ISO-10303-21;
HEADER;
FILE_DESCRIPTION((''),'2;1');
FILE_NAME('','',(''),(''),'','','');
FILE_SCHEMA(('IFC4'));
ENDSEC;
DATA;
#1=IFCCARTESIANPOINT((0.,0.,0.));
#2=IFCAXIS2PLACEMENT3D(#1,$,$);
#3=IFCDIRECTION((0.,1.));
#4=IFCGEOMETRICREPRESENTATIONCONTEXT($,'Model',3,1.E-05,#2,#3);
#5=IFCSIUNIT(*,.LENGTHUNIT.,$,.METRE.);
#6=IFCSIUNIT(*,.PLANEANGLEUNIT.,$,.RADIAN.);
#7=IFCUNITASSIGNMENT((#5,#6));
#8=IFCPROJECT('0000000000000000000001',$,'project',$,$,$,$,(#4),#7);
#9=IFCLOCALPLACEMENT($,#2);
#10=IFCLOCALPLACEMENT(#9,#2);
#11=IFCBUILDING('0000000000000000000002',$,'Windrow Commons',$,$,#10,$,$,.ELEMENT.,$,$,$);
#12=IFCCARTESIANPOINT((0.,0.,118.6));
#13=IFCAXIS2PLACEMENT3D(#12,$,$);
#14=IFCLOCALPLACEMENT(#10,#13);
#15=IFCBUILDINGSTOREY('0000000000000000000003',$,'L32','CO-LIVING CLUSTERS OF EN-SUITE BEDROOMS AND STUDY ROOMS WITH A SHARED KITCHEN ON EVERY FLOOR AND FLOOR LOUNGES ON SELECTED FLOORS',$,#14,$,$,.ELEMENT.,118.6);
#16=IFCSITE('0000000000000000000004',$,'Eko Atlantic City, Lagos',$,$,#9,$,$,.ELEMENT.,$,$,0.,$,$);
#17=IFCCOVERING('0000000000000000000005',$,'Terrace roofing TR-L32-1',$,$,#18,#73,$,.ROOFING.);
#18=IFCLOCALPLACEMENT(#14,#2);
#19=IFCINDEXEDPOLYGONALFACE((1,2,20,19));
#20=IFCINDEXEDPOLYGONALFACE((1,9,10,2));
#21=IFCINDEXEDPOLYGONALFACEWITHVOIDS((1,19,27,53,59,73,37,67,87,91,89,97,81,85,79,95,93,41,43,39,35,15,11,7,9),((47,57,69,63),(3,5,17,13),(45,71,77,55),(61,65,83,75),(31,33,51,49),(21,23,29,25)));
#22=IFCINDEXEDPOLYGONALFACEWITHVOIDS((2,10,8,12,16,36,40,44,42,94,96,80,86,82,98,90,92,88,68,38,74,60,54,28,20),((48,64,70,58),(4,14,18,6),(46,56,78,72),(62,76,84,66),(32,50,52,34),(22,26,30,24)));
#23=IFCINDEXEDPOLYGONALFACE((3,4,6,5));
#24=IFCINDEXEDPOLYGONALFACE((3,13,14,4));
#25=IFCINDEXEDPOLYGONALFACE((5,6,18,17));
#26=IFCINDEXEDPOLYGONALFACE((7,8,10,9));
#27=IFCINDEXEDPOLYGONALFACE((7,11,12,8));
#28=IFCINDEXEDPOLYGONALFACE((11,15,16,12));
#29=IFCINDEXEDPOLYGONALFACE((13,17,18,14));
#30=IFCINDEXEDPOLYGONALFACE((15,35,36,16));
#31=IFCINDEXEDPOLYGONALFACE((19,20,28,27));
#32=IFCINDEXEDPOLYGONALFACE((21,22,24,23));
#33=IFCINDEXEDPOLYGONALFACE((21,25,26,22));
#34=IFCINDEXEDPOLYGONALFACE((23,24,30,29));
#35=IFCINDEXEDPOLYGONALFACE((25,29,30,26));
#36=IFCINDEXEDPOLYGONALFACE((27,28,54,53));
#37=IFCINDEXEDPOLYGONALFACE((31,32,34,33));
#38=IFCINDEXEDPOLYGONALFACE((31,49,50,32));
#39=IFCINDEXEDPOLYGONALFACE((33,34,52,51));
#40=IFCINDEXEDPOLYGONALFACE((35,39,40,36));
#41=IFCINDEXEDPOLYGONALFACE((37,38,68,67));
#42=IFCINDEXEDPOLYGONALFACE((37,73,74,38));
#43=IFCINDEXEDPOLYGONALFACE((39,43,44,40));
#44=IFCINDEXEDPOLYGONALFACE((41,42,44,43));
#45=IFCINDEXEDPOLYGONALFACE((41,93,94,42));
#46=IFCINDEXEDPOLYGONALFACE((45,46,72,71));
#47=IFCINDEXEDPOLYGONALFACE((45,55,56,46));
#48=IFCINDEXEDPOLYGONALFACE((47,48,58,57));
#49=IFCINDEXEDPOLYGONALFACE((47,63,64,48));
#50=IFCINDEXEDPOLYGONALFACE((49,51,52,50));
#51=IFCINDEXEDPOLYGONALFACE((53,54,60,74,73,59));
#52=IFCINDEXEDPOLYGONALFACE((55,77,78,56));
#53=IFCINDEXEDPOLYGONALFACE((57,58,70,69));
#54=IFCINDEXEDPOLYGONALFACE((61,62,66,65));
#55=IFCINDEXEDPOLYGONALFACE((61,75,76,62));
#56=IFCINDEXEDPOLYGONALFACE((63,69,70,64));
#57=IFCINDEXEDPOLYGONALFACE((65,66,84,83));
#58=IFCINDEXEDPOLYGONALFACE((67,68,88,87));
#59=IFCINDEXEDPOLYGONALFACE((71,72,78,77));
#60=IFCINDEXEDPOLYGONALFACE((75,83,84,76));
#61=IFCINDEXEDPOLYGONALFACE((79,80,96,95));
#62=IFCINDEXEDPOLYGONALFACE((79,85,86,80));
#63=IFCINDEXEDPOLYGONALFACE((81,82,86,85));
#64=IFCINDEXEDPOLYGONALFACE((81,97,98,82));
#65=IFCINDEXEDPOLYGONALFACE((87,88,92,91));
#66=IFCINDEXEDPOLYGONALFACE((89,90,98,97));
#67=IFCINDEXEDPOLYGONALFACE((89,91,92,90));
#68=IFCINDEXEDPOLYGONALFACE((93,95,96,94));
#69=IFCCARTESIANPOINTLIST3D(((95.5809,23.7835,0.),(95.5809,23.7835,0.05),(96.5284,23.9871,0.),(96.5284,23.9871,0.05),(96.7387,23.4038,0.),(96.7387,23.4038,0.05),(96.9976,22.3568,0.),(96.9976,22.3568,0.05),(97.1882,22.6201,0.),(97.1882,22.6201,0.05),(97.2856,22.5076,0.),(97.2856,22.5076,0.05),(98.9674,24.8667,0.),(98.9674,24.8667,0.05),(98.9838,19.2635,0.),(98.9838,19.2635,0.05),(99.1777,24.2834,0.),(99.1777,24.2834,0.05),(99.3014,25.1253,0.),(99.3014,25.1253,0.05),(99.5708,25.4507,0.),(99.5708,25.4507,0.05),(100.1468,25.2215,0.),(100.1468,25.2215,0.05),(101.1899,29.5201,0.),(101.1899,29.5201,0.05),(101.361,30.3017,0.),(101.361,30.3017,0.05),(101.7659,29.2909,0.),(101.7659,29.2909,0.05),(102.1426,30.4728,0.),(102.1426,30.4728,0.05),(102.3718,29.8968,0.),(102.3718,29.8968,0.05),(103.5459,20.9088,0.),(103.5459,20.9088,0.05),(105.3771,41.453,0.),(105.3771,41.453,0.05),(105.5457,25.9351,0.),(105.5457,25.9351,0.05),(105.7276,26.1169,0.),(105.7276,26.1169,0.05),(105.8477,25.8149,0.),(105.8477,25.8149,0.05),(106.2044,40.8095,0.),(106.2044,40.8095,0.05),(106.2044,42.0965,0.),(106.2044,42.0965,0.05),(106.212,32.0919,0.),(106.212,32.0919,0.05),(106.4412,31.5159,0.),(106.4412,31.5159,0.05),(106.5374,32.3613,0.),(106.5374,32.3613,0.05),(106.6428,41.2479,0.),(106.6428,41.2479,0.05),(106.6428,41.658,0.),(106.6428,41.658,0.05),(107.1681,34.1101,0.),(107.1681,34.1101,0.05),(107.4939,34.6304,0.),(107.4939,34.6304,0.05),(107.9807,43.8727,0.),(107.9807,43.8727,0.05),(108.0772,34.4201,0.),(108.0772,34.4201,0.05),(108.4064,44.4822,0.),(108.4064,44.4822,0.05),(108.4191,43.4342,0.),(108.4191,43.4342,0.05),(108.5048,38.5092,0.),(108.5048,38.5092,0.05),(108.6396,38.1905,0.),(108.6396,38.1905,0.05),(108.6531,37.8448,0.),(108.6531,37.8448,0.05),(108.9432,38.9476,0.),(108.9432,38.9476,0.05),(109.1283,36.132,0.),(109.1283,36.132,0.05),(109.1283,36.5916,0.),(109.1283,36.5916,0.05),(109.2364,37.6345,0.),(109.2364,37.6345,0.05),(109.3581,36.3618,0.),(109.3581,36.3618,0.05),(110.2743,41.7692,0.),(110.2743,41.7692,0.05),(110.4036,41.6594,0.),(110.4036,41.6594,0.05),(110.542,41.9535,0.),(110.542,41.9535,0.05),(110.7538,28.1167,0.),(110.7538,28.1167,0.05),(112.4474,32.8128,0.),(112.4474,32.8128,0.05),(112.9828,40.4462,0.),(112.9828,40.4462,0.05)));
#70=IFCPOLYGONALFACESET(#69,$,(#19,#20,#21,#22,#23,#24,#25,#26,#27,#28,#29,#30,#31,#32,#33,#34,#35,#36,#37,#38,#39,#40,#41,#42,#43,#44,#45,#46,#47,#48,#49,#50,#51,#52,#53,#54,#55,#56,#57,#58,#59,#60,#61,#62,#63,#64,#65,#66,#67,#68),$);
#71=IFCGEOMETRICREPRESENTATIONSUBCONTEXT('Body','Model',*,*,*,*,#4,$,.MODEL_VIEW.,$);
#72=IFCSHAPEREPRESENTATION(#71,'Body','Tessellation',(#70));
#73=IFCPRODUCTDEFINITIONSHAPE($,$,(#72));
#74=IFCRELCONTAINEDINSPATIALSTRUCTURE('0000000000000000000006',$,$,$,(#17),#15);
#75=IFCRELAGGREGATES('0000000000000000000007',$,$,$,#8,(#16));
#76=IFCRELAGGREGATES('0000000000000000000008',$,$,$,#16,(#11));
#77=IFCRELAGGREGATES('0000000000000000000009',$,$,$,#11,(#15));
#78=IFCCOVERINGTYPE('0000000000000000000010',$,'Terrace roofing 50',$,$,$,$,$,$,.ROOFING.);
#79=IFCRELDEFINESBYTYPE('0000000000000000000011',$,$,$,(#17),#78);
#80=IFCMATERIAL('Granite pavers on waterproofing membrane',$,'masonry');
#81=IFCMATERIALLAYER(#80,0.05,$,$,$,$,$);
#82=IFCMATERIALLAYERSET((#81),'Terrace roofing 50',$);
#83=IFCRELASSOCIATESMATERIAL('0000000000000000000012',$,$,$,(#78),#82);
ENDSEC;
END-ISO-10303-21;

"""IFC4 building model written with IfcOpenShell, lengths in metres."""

from ifc_helpers import new_model, si_unit, direction, frame, origin, place, context, subcontext, project, spatial, polyline, outline, extrude, material, layer, layer_set, type_object, element, save


model = new_model("IFC4")

# Units and contexts
model_context = context("Model", 3, precision=1e-05, world=origin(), true_north=direction((0.0, 1.0)))
body_context = subcontext(model_context, "Body", "Model", "MODEL_VIEW")
ifc_project = project(units=[si_unit("LENGTHUNIT", "METRE"), si_unit("PLANEANGLEUNIT", "RADIAN")], contexts=[model_context])

# Site, building, storey
site_placement = place(None, origin())
site = spatial("IfcSite", under=ifc_project, at=site_placement, Name="Eko Atlantic City, Lagos", CompositionType="ELEMENT", RefElevation=0.0)
building_placement = place(site_placement, origin())
building = spatial("IfcBuilding", under=site, at=building_placement, Name="Windrow Commons", CompositionType="ELEMENT")
storey_placement = place(building_placement, frame((0.0, 0.0, 118.6)))
storey = spatial("IfcBuildingStorey", under=building, at=storey_placement, Name="L32", Description="CO-LIVING CLUSTERS OF EN-SUITE BEDROOMS AND STUDY ROOMS WITH A SHARED KITCHEN ON EVERY FLOOR AND FLOOR LOUNGES ON SELECTED FLOORS", CompositionType="ELEMENT", Elevation=118.6)

# Shared definitions
placement_1 = place(storey_placement, origin())

# Covering
ifc_material_1 = material(Name="Granite pavers on waterproofing membrane", Category="masonry")
ifc_layer_1 = layer(ifc_material_1, 0.05)
ifc_layer_set_1 = layer_set([ifc_layer_1], Name="Terrace roofing 50")
covering_type = type_object("IfcCoveringType", Name="Terrace roofing 50", PredefinedType="ROOFING", material=ifc_layer_set_1)
element("IfcCovering", 1, at=placement_1, inside=storey, type_object=covering_type, Name="Terrace roofing TR-L32-1", PredefinedType="ROOFING", context=body_context, shape_type="SweptSolid", body=[
    extrude(outline(polyline([(106.5374, 32.3613), (107.1681, 34.1101), (108.6396, 38.1905), (105.3771, 41.453), (108.4064, 44.4822), (110.2743, 41.7692), (110.542, 41.9535), (110.4036, 41.6594), (112.9828, 40.4462), (109.1283, 36.5916), (109.3581, 36.3618), (109.1283, 36.132), (112.4474, 32.8128), (110.7538, 28.1167), (105.7276, 26.1169), (105.8477, 25.8149), (105.5457, 25.9351), (103.5459, 20.9088), (98.9838, 19.2635), (97.2856, 22.5076), (96.9976, 22.3568), (97.1882, 22.6201), (95.5809, 23.7835), (99.3014, 25.1253), (101.361, 30.3017), (106.5374, 32.3613)]), holes=[polyline([(98.9674, 24.8667), (96.5284, 23.9871), (96.7387, 23.4038), (99.1777, 24.2834), (98.9674, 24.8667)]), polyline([(101.1899, 29.5201), (99.5708, 25.4507), (100.1468, 25.2215), (101.7659, 29.2909), (101.1899, 29.5201)]), polyline([(106.212, 32.0919), (102.1426, 30.4728), (102.3718, 29.8968), (106.4412, 31.5159), (106.212, 32.0919)]), polyline([(109.2364, 37.6345), (108.6531, 37.8448), (107.4939, 34.6304), (108.0772, 34.4201), (109.2364, 37.6345)]), polyline([(106.2044, 40.8095), (108.5048, 38.5092), (108.9432, 38.9476), (106.6428, 41.2479), (106.2044, 40.8095)]), polyline([(107.9807, 43.8727), (106.2044, 42.0965), (106.6428, 41.658), (108.4191, 43.4342), (107.9807, 43.8727)])]), origin(), (0.0, 0.0, 1.0), 0.05),
])

save(model, "model.ifc")
